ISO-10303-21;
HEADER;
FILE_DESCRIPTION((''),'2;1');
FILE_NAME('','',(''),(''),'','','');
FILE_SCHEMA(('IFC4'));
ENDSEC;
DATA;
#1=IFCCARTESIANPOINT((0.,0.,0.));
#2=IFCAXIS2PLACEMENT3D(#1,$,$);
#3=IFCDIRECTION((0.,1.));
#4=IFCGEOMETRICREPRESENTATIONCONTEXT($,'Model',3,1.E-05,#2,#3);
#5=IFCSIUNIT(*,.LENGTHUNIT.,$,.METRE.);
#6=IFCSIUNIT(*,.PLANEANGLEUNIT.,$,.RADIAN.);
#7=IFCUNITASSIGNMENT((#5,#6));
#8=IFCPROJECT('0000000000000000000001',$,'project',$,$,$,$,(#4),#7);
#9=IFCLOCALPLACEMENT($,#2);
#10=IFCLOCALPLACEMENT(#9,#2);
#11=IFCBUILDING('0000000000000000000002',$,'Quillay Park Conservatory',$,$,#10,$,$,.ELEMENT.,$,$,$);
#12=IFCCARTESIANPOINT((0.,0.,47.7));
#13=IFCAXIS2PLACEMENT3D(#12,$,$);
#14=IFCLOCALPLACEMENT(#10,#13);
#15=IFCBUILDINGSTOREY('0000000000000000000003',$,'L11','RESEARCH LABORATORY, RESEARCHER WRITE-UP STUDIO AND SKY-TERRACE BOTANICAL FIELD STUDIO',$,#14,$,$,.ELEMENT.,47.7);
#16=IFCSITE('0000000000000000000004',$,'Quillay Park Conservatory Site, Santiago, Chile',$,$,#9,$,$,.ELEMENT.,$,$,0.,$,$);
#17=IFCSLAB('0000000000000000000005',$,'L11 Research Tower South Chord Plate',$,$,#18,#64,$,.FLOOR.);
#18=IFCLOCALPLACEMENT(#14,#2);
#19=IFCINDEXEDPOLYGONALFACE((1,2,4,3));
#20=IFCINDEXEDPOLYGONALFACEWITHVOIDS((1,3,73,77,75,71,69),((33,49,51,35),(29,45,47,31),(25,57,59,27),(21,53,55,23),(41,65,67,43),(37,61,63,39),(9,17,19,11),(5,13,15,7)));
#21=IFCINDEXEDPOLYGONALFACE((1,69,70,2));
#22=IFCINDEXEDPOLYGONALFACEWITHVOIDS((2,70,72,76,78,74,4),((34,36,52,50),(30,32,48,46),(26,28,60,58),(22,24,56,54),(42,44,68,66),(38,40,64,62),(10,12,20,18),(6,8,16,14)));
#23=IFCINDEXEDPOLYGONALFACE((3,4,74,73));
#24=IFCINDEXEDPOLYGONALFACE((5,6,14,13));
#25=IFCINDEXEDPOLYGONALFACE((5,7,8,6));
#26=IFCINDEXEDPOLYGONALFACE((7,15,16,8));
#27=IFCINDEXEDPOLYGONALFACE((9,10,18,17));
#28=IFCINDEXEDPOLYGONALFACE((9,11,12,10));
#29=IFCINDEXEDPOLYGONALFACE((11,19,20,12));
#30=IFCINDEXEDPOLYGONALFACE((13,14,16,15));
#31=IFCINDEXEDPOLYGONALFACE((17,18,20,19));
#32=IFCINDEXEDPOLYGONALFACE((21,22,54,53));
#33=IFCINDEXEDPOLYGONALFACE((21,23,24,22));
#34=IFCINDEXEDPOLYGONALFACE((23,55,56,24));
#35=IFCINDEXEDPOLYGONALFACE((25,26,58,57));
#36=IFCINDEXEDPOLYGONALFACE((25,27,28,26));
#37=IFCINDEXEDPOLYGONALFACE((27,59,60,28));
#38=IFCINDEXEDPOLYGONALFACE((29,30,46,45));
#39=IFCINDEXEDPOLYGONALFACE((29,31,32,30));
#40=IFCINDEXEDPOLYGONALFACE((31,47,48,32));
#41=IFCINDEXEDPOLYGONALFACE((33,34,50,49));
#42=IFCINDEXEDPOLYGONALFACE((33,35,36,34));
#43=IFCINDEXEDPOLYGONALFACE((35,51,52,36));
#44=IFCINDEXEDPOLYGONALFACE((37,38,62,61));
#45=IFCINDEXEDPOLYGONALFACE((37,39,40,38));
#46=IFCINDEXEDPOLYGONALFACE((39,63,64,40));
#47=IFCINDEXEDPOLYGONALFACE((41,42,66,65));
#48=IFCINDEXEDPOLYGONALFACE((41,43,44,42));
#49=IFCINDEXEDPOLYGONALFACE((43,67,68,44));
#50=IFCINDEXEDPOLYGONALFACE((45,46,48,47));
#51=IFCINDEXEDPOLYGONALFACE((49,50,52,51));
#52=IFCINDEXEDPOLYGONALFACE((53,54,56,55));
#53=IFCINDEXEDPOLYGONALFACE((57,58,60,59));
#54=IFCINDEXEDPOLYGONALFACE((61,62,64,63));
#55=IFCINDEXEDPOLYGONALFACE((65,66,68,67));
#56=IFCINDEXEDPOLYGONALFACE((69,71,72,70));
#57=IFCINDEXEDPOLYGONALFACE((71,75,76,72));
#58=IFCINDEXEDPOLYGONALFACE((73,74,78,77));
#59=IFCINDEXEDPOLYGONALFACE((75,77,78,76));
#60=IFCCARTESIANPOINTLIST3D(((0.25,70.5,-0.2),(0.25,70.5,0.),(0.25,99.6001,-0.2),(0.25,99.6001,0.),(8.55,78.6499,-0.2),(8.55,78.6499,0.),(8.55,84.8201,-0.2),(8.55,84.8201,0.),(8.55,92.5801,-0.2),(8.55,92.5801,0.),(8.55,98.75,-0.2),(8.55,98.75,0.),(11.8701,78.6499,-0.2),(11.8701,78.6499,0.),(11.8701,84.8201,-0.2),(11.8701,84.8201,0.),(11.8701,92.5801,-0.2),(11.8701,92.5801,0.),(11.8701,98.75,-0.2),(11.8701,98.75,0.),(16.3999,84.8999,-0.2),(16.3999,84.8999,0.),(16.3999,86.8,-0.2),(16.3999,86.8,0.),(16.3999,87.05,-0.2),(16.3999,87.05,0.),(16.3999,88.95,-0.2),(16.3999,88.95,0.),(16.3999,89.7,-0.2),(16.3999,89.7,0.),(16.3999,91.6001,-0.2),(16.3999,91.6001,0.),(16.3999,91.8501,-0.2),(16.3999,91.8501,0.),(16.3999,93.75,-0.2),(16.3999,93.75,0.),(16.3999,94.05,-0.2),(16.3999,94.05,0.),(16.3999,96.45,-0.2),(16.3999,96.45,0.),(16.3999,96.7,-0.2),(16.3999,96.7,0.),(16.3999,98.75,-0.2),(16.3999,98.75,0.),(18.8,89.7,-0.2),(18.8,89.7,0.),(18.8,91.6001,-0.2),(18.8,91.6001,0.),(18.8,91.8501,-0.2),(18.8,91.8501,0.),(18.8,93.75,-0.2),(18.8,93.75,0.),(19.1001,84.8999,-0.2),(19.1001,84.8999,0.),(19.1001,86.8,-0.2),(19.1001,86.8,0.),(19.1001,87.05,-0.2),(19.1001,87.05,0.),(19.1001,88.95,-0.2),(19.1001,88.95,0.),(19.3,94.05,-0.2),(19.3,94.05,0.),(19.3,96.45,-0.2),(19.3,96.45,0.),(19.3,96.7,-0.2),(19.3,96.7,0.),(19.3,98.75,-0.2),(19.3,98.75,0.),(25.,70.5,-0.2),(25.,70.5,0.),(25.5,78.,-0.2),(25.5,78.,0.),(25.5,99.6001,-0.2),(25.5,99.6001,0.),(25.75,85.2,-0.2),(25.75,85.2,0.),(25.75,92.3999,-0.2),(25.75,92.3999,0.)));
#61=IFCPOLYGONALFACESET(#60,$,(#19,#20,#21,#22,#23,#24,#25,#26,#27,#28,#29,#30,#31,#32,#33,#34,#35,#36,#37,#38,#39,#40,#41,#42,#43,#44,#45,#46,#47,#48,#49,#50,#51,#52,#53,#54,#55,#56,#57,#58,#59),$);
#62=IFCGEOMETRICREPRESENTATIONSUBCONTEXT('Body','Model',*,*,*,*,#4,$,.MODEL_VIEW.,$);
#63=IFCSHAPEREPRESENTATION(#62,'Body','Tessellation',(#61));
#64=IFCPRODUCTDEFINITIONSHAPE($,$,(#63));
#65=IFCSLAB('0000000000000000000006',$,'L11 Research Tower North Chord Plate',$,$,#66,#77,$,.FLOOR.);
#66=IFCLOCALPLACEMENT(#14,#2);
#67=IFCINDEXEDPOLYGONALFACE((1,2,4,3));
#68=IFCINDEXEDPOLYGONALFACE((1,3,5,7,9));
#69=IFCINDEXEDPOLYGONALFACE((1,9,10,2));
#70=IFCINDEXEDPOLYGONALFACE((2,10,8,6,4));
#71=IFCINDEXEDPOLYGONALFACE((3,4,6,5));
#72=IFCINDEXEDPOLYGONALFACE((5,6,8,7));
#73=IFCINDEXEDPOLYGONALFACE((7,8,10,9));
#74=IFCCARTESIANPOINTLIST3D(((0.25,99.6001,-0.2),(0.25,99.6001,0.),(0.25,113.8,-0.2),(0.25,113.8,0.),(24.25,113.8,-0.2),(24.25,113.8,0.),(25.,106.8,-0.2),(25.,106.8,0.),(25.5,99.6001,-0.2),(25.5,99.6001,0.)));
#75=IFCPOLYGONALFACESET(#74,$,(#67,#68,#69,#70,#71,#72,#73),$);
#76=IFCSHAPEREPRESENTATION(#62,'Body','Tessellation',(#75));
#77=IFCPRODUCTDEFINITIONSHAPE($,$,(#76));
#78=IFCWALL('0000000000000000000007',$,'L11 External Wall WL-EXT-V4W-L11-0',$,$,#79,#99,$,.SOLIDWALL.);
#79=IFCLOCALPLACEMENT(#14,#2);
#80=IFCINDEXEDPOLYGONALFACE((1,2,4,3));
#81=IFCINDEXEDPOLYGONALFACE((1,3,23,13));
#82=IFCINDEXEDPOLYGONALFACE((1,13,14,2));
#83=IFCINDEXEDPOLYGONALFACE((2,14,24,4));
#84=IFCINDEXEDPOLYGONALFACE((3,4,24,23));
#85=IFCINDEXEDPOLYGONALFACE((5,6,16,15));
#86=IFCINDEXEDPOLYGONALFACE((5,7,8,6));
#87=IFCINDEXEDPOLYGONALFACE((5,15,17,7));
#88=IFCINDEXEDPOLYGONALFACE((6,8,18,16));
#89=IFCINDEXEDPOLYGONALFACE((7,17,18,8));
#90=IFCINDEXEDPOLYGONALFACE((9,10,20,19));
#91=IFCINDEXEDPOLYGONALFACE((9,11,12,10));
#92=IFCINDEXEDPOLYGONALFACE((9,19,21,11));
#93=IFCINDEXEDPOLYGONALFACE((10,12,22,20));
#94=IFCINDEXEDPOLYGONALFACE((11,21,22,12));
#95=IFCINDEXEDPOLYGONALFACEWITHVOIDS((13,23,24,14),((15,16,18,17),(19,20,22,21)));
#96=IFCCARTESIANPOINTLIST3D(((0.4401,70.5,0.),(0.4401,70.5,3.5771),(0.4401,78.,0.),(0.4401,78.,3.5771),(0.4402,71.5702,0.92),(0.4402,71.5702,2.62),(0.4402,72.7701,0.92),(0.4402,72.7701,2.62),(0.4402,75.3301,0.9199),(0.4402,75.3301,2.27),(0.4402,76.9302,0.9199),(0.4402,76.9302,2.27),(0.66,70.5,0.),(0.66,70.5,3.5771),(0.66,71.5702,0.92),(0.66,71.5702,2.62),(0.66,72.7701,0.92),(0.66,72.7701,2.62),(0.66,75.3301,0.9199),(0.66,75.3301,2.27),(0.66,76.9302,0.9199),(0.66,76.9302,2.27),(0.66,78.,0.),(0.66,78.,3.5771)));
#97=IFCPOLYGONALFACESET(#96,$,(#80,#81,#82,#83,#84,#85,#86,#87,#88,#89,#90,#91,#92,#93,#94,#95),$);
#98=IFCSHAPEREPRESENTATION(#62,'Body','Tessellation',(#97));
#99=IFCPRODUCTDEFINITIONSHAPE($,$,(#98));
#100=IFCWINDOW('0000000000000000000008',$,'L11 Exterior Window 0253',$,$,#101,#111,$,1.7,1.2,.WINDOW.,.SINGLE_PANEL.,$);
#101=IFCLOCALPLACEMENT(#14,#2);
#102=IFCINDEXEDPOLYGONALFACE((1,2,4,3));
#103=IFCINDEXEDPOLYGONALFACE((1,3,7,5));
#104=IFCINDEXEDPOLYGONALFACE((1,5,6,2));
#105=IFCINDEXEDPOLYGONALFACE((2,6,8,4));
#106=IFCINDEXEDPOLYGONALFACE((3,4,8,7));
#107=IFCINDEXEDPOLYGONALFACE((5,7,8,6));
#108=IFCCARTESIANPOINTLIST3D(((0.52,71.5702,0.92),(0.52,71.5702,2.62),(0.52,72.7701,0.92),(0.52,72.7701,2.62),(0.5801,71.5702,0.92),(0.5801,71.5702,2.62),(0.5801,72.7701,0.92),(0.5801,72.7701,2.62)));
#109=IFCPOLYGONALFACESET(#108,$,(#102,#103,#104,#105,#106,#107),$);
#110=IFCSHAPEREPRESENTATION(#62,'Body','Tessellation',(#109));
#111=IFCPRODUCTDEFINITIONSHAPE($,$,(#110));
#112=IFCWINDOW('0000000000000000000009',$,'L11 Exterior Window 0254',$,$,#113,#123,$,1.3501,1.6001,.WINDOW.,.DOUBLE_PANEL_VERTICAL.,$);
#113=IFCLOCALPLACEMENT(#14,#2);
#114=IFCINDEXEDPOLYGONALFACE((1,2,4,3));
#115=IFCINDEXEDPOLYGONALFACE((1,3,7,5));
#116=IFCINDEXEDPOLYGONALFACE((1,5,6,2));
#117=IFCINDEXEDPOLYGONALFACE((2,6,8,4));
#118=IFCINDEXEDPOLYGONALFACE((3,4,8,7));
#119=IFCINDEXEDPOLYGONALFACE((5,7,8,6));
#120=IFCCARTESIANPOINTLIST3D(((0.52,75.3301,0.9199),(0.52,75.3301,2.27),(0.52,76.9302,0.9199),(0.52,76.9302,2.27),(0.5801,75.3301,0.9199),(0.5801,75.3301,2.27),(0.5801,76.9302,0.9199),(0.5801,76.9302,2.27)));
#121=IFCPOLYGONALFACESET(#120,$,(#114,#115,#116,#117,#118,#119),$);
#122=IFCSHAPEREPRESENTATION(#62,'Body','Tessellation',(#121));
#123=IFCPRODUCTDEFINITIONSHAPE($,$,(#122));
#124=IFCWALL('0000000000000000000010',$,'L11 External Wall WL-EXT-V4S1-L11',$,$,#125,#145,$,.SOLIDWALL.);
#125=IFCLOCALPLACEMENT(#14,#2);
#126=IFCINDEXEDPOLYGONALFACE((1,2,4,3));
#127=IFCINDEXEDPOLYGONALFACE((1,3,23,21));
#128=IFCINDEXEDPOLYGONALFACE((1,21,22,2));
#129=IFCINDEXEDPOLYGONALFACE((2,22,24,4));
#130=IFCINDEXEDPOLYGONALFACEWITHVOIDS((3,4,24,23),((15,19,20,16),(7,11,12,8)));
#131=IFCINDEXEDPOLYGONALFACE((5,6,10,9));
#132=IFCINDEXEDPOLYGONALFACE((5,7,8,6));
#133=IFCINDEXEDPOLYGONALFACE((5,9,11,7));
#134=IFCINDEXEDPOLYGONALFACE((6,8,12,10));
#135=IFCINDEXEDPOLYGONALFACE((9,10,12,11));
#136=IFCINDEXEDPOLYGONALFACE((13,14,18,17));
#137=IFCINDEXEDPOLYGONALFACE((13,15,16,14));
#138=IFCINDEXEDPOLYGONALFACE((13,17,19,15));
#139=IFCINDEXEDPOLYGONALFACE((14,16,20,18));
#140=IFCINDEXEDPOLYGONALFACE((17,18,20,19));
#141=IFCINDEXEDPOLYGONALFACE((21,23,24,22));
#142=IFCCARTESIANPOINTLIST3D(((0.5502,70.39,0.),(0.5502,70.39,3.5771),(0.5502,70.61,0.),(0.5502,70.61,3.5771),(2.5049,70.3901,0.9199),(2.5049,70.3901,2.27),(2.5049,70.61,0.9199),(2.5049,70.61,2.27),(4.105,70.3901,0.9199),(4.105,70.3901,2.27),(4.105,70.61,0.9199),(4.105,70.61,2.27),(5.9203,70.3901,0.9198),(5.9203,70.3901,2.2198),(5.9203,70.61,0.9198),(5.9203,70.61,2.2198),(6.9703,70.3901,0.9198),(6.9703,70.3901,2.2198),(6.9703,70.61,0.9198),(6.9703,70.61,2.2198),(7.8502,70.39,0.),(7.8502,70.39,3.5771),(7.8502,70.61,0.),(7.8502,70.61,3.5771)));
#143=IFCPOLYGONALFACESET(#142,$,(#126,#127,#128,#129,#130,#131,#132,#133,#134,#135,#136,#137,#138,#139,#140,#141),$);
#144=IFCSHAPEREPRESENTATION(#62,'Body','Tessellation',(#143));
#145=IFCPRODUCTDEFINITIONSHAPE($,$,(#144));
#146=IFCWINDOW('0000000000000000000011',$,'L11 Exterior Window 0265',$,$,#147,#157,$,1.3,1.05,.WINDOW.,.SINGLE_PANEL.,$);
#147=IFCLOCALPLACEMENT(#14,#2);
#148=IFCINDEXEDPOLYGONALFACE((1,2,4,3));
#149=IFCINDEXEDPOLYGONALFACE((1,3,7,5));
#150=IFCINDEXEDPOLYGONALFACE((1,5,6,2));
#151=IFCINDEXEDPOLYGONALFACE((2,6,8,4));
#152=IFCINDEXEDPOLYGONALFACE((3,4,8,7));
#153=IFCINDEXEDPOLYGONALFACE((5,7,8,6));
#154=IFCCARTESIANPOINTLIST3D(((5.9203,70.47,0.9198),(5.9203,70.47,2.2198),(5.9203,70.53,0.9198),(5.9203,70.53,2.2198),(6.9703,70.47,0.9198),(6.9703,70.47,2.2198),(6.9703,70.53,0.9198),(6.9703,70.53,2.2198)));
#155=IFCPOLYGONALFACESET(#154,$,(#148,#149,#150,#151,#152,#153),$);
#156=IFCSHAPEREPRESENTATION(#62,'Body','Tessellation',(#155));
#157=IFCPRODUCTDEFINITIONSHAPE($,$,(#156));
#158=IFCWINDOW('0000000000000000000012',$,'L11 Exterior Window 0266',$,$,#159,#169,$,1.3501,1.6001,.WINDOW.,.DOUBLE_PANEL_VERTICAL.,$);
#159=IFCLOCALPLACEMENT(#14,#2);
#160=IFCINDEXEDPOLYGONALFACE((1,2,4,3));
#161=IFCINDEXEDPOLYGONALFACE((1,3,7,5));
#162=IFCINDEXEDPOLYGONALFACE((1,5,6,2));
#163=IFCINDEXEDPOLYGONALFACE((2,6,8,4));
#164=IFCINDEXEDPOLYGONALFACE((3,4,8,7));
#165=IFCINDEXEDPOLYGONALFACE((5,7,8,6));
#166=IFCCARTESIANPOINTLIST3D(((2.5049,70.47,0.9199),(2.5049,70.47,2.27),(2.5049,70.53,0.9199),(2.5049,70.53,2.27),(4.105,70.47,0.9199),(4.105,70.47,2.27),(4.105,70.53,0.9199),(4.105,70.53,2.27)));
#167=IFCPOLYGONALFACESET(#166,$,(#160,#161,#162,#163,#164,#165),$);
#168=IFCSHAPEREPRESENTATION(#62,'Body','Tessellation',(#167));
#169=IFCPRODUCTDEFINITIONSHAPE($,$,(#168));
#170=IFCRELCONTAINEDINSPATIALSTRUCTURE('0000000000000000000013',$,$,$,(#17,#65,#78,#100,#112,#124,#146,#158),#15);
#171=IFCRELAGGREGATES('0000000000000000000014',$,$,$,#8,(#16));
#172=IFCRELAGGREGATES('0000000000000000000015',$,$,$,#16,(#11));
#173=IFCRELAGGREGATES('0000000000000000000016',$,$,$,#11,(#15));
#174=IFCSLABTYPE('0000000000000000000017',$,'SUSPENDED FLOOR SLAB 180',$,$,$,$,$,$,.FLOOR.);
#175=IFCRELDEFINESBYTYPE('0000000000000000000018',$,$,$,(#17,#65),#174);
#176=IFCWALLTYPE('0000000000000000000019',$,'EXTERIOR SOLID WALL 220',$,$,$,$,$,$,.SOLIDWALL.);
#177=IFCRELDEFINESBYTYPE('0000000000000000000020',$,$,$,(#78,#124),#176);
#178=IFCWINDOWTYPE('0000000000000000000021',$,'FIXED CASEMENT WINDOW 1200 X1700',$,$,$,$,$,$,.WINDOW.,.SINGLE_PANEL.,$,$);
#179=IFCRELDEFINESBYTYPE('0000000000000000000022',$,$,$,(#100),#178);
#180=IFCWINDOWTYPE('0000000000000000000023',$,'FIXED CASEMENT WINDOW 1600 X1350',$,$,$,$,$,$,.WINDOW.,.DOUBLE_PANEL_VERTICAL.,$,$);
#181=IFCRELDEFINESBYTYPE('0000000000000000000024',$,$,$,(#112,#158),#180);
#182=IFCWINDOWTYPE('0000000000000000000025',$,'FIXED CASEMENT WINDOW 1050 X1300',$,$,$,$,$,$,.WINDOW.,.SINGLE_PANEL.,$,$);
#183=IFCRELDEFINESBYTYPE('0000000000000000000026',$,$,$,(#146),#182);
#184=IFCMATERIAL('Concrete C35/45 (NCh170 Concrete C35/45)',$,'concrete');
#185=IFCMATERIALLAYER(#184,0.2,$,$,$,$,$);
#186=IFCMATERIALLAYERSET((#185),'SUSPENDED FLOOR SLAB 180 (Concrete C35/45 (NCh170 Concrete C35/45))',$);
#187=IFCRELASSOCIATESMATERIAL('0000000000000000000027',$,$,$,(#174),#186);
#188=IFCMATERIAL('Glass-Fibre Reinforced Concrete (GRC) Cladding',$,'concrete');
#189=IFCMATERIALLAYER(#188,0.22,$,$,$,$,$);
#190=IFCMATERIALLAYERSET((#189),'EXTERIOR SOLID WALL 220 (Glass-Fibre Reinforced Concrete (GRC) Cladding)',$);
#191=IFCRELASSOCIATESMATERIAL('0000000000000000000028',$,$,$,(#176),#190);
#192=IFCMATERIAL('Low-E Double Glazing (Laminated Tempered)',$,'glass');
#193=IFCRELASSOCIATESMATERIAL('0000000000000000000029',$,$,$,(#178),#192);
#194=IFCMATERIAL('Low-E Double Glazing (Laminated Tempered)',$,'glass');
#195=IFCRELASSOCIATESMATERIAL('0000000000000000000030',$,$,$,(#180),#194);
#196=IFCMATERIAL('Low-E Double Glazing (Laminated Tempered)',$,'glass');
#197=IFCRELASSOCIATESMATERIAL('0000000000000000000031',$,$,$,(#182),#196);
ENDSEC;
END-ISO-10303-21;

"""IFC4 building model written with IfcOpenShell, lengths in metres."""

from ifc_helpers import new_model, si_unit, direction, frame, frame_2d, origin, place, context, subcontext, project, spatial, polyline, rectangle, outline, extrude, material, layer, layer_set, type_object, element, fill, save


model = new_model("IFC4")

# Units and contexts
model_context = context("Model", 3, precision=1e-05, world=origin(), true_north=direction((0.0, 1.0)))
body_context = subcontext(model_context, "Body", "Model", "MODEL_VIEW")
ifc_project = project(units=[si_unit("LENGTHUNIT", "METRE"), si_unit("PLANEANGLEUNIT", "RADIAN")], contexts=[model_context])

# Site, building, storey
site_placement = place(None, origin())
site = spatial("IfcSite", under=ifc_project, at=site_placement, Name="Quillay Park Conservatory Site, Santiago, Chile", CompositionType="ELEMENT", RefElevation=0.0)
building_placement = place(site_placement, origin())
building = spatial("IfcBuilding", under=site, at=building_placement, Name="Quillay Park Conservatory", CompositionType="ELEMENT")
storey_placement = place(building_placement, frame((0.0, 0.0, 47.7)))
storey = spatial("IfcBuildingStorey", under=building, at=storey_placement, Name="L11", Description="RESEARCH LABORATORY, RESEARCHER WRITE-UP STUDIO AND SKY-TERRACE BOTANICAL FIELD STUDIO", CompositionType="ELEMENT", Elevation=47.7)

# Slabs
ifc_material_1 = material(Name="Concrete C35/45 (NCh170 Concrete C35/45)", Category="concrete")
ifc_layer_1 = layer(ifc_material_1, 0.2)
ifc_layer_set_1 = layer_set([ifc_layer_1], Name="SUSPENDED FLOOR SLAB 180 (Concrete C35/45 (NCh170 Concrete C35/45))")
slab_type_1 = type_object("IfcSlabType", Name="SUSPENDED FLOOR SLAB 180", PredefinedType="FLOOR", material=ifc_layer_set_1)
slab_1_placement = place(storey_placement, frame((0.0, 0.0, -0.2)))
element("IfcSlab", 1, at=slab_1_placement, inside=storey, type_object=slab_type_1, Name="L11 Research Tower South Chord Plate", PredefinedType="FLOOR", context=body_context, shape_type="SweptSolid", body=[
    extrude(outline(polyline([(0.25, 70.5), (25.0, 70.5), (25.5, 78.0), (25.75, 85.2), (25.75, 92.3999), (25.5, 99.6001), (0.25, 99.6001), (0.25, 70.5)]), holes=[polyline([(8.55, 92.5801), (11.8701, 92.5801), (11.8701, 98.75), (8.55, 98.75), (8.55, 92.5801)]), polyline([(8.55, 78.6499), (11.8701, 78.6499), (11.8701, 84.8201), (8.55, 84.8201), (8.55, 78.6499)]), polyline([(16.3999, 84.8999), (19.1001, 84.8999), (19.1001, 86.8), (16.3999, 86.8), (16.3999, 84.8999)]), polyline([(16.3999, 87.05), (19.1001, 87.05), (19.1001, 88.95), (16.3999, 88.95), (16.3999, 87.05)]), polyline([(16.3999, 89.7), (18.8, 89.7), (18.8, 91.6001), (16.3999, 91.6001), (16.3999, 89.7)]), polyline([(16.3999, 91.8501), (18.8, 91.8501), (18.8, 93.75), (16.3999, 93.75), (16.3999, 91.8501)]), polyline([(16.3999, 94.05), (19.3, 94.05), (19.3, 96.45), (16.3999, 96.45), (16.3999, 94.05)]), polyline([(16.3999, 96.7), (19.3, 96.7), (19.3, 98.75), (16.3999, 98.75), (16.3999, 96.7)])]), origin(), (0.0, 0.0, 1.0), 0.2),
])
slab_2_placement = place(storey_placement, frame((0.0, 0.0, -0.2)))
element("IfcSlab", 2, at=slab_2_placement, inside=storey, type_object=slab_type_1, Name="L11 Research Tower North Chord Plate", PredefinedType="FLOOR", context=body_context, shape_type="SweptSolid", body=[
    extrude(outline(polyline([(0.25, 99.6001), (25.5, 99.6001), (25.0, 106.8), (24.25, 113.8), (0.25, 113.8), (0.25, 99.6001)])), origin(), (0.0, 0.0, 1.0), 0.2),
])

# Walls, openings, windows
ifc_material_2 = material(Name="Glass-Fibre Reinforced Concrete (GRC) Cladding", Category="concrete")
ifc_layer_2 = layer(ifc_material_2, 0.22)
ifc_layer_set_2 = layer_set([ifc_layer_2], Name="EXTERIOR SOLID WALL 220 (Glass-Fibre Reinforced Concrete (GRC) Cladding)")
wall_type_1 = type_object("IfcWallType", Name="EXTERIOR SOLID WALL 220", PredefinedType="SOLIDWALL", material=ifc_layer_set_2)
wall_1_placement = place(storey_placement, frame((0.55, 70.5, 0.0), z_axis=(0.0, 0.0, 1.0), x_axis=(0.0, 1.0, 0.0)))
wall_1 = element("IfcWall", 3, at=wall_1_placement, inside=storey, type_object=wall_type_1, Name="L11 External Wall WL-EXT-V4W-L11-0", PredefinedType="SOLIDWALL", context=body_context, shape_type="SweptSolid", body=[
    extrude(rectangle(XDim=7.5, YDim=0.22, at=frame_2d((3.75, 0.0))), origin(), (0.0, 0.0, 1.0), 3.5771),
])
opening_1_placement = place(wall_1_placement, frame((1.0701, 0.0, 0.9199)))
opening_1 = element("IfcOpeningElement", 4, at=opening_1_placement, cuts=wall_1, PredefinedType="OPENING", context=body_context, shape_type="SweptSolid", body=[
    extrude(rectangle(XDim=1.2, YDim=1.7, at=frame_2d((0.6001, 0.8501))), frame((0.0, 0.1099, 0.0), z_axis=(0.0, -1.0, 0.0), x_axis=(1.0, 0.0, 0.0)), (0.0, 0.0, 1.0), 0.22),
])
opening_2_placement = place(wall_1_placement, frame((4.8301, 0.0, 0.9199)))
opening_2 = element("IfcOpeningElement", 5, at=opening_2_placement, cuts=wall_1, PredefinedType="OPENING", context=body_context, shape_type="SweptSolid", body=[
    extrude(rectangle(XDim=1.6001, YDim=1.3501, at=frame_2d((0.8, 0.675))), frame((0.0, 0.1099, 0.0), z_axis=(0.0, -1.0, 0.0), x_axis=(1.0, 0.0, 0.0)), (0.0, 0.0, 1.0), 0.22),
])
ifc_material_3 = material(Name="Low-E Double Glazing (Laminated Tempered)", Category="glass")
window_type_1 = type_object("IfcWindowType", Name="FIXED CASEMENT WINDOW 1200 X1700", PartitioningType="SINGLE_PANEL", PredefinedType="WINDOW", material=ifc_material_3)
window_1_placement = place(opening_1_placement, origin())
window_1 = element("IfcWindow", 6, at=window_1_placement, inside=storey, type_object=window_type_1, Name="L11 Exterior Window 0253", OverallHeight=1.7, OverallWidth=1.2, PartitioningType="SINGLE_PANEL", PredefinedType="WINDOW", context=body_context, shape_type="SweptSolid", body=[
    extrude(rectangle(XDim=1.2, YDim=1.7, at=frame_2d((0.6001, 0.8501))), frame((0.0, 0.03, 0.0), z_axis=(0.0, -1.0, 0.0), x_axis=(1.0, 0.0, 0.0)), (0.0, 0.0, 1.0), 0.0601),
])
fill(opening_1, window_1)
ifc_material_4 = material(Name="Low-E Double Glazing (Laminated Tempered)", Category="glass")
window_type_2 = type_object("IfcWindowType", Name="FIXED CASEMENT WINDOW 1600 X1350", PartitioningType="DOUBLE_PANEL_VERTICAL", PredefinedType="WINDOW", material=ifc_material_4)
window_2_placement = place(opening_2_placement, origin())
window_2 = element("IfcWindow", 7, at=window_2_placement, inside=storey, type_object=window_type_2, Name="L11 Exterior Window 0254", OverallHeight=1.3501, OverallWidth=1.6001, PartitioningType="DOUBLE_PANEL_VERTICAL", PredefinedType="WINDOW", context=body_context, shape_type="SweptSolid", body=[
    extrude(rectangle(XDim=1.6001, YDim=1.3501, at=frame_2d((0.8, 0.675))), frame((0.0, 0.03, 0.0), z_axis=(0.0, -1.0, 0.0), x_axis=(1.0, 0.0, 0.0)), (0.0, 0.0, 1.0), 0.0601),
])
fill(opening_2, window_2)
wall_2_placement = place(storey_placement, frame((7.8501, 70.5, 0.0), z_axis=(0.0, 0.0, 1.0), x_axis=(-1.0, 0.0, 0.0)))
wall_2 = element("IfcWall", 8, at=wall_2_placement, inside=storey, type_object=wall_type_1, Name="L11 External Wall WL-EXT-V4S1-L11", PredefinedType="SOLIDWALL", context=body_context, shape_type="SweptSolid", body=[
    extrude(rectangle(XDim=7.3, YDim=0.22, at=frame_2d((3.6499, 0.0))), origin(), (0.0, 0.0, 1.0), 3.5771),
])
opening_3_placement = place(wall_2_placement, frame((0.8799, 0.0, 0.9199)))
opening_3 = element("IfcOpeningElement", 9, at=opening_3_placement, cuts=wall_2, PredefinedType="OPENING", context=body_context, shape_type="SweptSolid", body=[
    extrude(rectangle(XDim=1.05, YDim=1.3, at=frame_2d((0.5249, 0.6499))), frame((0.0, 0.1099, 0.0), z_axis=(0.0, -1.0, 0.0), x_axis=(1.0, 0.0, 0.0)), (0.0, 0.0, 1.0), 0.22),
])
opening_4_placement = place(wall_2_placement, frame((3.7451, 0.0, 0.9199)))
opening_4 = element("IfcOpeningElement", 10, at=opening_4_placement, cuts=wall_2, PredefinedType="OPENING", context=body_context, shape_type="SweptSolid", body=[
    extrude(rectangle(XDim=1.6001, YDim=1.3501, at=frame_2d((0.8, 0.675))), frame((0.0, 0.1099, 0.0), z_axis=(0.0, -1.0, 0.0), x_axis=(1.0, 0.0, 0.0)), (0.0, 0.0, 1.0), 0.22),
])
ifc_material_5 = material(Name="Low-E Double Glazing (Laminated Tempered)", Category="glass")
window_type_3 = type_object("IfcWindowType", Name="FIXED CASEMENT WINDOW 1050 X1300", PartitioningType="SINGLE_PANEL", PredefinedType="WINDOW", material=ifc_material_5)
window_3_placement = place(opening_3_placement, origin())
window_3 = element("IfcWindow", 11, at=window_3_placement, inside=storey, type_object=window_type_3, Name="L11 Exterior Window 0265", OverallHeight=1.3, OverallWidth=1.05, PartitioningType="SINGLE_PANEL", PredefinedType="WINDOW", context=body_context, shape_type="SweptSolid", body=[
    extrude(rectangle(XDim=1.05, YDim=1.3, at=frame_2d((0.5249, 0.6499))), frame((0.0, 0.03, 0.0), z_axis=(0.0, -1.0, 0.0), x_axis=(1.0, 0.0, 0.0)), (0.0, 0.0, 1.0), 0.0601),
])
fill(opening_3, window_3)
window_4_placement = place(opening_4_placement, origin())
window_4 = element("IfcWindow", 12, at=window_4_placement, inside=storey, type_object=window_type_2, Name="L11 Exterior Window 0266", OverallHeight=1.3501, OverallWidth=1.6001, PartitioningType="DOUBLE_PANEL_VERTICAL", PredefinedType="WINDOW", context=body_context, shape_type="SweptSolid", body=[
    extrude(rectangle(XDim=1.6001, YDim=1.3501, at=frame_2d((0.8, 0.675))), frame((0.0, 0.03, 0.0), z_axis=(0.0, -1.0, 0.0), x_axis=(1.0, 0.0, 0.0)), (0.0, 0.0, 1.0), 0.0601),
])
fill(opening_4, window_4)

save(model, "model.ifc")
